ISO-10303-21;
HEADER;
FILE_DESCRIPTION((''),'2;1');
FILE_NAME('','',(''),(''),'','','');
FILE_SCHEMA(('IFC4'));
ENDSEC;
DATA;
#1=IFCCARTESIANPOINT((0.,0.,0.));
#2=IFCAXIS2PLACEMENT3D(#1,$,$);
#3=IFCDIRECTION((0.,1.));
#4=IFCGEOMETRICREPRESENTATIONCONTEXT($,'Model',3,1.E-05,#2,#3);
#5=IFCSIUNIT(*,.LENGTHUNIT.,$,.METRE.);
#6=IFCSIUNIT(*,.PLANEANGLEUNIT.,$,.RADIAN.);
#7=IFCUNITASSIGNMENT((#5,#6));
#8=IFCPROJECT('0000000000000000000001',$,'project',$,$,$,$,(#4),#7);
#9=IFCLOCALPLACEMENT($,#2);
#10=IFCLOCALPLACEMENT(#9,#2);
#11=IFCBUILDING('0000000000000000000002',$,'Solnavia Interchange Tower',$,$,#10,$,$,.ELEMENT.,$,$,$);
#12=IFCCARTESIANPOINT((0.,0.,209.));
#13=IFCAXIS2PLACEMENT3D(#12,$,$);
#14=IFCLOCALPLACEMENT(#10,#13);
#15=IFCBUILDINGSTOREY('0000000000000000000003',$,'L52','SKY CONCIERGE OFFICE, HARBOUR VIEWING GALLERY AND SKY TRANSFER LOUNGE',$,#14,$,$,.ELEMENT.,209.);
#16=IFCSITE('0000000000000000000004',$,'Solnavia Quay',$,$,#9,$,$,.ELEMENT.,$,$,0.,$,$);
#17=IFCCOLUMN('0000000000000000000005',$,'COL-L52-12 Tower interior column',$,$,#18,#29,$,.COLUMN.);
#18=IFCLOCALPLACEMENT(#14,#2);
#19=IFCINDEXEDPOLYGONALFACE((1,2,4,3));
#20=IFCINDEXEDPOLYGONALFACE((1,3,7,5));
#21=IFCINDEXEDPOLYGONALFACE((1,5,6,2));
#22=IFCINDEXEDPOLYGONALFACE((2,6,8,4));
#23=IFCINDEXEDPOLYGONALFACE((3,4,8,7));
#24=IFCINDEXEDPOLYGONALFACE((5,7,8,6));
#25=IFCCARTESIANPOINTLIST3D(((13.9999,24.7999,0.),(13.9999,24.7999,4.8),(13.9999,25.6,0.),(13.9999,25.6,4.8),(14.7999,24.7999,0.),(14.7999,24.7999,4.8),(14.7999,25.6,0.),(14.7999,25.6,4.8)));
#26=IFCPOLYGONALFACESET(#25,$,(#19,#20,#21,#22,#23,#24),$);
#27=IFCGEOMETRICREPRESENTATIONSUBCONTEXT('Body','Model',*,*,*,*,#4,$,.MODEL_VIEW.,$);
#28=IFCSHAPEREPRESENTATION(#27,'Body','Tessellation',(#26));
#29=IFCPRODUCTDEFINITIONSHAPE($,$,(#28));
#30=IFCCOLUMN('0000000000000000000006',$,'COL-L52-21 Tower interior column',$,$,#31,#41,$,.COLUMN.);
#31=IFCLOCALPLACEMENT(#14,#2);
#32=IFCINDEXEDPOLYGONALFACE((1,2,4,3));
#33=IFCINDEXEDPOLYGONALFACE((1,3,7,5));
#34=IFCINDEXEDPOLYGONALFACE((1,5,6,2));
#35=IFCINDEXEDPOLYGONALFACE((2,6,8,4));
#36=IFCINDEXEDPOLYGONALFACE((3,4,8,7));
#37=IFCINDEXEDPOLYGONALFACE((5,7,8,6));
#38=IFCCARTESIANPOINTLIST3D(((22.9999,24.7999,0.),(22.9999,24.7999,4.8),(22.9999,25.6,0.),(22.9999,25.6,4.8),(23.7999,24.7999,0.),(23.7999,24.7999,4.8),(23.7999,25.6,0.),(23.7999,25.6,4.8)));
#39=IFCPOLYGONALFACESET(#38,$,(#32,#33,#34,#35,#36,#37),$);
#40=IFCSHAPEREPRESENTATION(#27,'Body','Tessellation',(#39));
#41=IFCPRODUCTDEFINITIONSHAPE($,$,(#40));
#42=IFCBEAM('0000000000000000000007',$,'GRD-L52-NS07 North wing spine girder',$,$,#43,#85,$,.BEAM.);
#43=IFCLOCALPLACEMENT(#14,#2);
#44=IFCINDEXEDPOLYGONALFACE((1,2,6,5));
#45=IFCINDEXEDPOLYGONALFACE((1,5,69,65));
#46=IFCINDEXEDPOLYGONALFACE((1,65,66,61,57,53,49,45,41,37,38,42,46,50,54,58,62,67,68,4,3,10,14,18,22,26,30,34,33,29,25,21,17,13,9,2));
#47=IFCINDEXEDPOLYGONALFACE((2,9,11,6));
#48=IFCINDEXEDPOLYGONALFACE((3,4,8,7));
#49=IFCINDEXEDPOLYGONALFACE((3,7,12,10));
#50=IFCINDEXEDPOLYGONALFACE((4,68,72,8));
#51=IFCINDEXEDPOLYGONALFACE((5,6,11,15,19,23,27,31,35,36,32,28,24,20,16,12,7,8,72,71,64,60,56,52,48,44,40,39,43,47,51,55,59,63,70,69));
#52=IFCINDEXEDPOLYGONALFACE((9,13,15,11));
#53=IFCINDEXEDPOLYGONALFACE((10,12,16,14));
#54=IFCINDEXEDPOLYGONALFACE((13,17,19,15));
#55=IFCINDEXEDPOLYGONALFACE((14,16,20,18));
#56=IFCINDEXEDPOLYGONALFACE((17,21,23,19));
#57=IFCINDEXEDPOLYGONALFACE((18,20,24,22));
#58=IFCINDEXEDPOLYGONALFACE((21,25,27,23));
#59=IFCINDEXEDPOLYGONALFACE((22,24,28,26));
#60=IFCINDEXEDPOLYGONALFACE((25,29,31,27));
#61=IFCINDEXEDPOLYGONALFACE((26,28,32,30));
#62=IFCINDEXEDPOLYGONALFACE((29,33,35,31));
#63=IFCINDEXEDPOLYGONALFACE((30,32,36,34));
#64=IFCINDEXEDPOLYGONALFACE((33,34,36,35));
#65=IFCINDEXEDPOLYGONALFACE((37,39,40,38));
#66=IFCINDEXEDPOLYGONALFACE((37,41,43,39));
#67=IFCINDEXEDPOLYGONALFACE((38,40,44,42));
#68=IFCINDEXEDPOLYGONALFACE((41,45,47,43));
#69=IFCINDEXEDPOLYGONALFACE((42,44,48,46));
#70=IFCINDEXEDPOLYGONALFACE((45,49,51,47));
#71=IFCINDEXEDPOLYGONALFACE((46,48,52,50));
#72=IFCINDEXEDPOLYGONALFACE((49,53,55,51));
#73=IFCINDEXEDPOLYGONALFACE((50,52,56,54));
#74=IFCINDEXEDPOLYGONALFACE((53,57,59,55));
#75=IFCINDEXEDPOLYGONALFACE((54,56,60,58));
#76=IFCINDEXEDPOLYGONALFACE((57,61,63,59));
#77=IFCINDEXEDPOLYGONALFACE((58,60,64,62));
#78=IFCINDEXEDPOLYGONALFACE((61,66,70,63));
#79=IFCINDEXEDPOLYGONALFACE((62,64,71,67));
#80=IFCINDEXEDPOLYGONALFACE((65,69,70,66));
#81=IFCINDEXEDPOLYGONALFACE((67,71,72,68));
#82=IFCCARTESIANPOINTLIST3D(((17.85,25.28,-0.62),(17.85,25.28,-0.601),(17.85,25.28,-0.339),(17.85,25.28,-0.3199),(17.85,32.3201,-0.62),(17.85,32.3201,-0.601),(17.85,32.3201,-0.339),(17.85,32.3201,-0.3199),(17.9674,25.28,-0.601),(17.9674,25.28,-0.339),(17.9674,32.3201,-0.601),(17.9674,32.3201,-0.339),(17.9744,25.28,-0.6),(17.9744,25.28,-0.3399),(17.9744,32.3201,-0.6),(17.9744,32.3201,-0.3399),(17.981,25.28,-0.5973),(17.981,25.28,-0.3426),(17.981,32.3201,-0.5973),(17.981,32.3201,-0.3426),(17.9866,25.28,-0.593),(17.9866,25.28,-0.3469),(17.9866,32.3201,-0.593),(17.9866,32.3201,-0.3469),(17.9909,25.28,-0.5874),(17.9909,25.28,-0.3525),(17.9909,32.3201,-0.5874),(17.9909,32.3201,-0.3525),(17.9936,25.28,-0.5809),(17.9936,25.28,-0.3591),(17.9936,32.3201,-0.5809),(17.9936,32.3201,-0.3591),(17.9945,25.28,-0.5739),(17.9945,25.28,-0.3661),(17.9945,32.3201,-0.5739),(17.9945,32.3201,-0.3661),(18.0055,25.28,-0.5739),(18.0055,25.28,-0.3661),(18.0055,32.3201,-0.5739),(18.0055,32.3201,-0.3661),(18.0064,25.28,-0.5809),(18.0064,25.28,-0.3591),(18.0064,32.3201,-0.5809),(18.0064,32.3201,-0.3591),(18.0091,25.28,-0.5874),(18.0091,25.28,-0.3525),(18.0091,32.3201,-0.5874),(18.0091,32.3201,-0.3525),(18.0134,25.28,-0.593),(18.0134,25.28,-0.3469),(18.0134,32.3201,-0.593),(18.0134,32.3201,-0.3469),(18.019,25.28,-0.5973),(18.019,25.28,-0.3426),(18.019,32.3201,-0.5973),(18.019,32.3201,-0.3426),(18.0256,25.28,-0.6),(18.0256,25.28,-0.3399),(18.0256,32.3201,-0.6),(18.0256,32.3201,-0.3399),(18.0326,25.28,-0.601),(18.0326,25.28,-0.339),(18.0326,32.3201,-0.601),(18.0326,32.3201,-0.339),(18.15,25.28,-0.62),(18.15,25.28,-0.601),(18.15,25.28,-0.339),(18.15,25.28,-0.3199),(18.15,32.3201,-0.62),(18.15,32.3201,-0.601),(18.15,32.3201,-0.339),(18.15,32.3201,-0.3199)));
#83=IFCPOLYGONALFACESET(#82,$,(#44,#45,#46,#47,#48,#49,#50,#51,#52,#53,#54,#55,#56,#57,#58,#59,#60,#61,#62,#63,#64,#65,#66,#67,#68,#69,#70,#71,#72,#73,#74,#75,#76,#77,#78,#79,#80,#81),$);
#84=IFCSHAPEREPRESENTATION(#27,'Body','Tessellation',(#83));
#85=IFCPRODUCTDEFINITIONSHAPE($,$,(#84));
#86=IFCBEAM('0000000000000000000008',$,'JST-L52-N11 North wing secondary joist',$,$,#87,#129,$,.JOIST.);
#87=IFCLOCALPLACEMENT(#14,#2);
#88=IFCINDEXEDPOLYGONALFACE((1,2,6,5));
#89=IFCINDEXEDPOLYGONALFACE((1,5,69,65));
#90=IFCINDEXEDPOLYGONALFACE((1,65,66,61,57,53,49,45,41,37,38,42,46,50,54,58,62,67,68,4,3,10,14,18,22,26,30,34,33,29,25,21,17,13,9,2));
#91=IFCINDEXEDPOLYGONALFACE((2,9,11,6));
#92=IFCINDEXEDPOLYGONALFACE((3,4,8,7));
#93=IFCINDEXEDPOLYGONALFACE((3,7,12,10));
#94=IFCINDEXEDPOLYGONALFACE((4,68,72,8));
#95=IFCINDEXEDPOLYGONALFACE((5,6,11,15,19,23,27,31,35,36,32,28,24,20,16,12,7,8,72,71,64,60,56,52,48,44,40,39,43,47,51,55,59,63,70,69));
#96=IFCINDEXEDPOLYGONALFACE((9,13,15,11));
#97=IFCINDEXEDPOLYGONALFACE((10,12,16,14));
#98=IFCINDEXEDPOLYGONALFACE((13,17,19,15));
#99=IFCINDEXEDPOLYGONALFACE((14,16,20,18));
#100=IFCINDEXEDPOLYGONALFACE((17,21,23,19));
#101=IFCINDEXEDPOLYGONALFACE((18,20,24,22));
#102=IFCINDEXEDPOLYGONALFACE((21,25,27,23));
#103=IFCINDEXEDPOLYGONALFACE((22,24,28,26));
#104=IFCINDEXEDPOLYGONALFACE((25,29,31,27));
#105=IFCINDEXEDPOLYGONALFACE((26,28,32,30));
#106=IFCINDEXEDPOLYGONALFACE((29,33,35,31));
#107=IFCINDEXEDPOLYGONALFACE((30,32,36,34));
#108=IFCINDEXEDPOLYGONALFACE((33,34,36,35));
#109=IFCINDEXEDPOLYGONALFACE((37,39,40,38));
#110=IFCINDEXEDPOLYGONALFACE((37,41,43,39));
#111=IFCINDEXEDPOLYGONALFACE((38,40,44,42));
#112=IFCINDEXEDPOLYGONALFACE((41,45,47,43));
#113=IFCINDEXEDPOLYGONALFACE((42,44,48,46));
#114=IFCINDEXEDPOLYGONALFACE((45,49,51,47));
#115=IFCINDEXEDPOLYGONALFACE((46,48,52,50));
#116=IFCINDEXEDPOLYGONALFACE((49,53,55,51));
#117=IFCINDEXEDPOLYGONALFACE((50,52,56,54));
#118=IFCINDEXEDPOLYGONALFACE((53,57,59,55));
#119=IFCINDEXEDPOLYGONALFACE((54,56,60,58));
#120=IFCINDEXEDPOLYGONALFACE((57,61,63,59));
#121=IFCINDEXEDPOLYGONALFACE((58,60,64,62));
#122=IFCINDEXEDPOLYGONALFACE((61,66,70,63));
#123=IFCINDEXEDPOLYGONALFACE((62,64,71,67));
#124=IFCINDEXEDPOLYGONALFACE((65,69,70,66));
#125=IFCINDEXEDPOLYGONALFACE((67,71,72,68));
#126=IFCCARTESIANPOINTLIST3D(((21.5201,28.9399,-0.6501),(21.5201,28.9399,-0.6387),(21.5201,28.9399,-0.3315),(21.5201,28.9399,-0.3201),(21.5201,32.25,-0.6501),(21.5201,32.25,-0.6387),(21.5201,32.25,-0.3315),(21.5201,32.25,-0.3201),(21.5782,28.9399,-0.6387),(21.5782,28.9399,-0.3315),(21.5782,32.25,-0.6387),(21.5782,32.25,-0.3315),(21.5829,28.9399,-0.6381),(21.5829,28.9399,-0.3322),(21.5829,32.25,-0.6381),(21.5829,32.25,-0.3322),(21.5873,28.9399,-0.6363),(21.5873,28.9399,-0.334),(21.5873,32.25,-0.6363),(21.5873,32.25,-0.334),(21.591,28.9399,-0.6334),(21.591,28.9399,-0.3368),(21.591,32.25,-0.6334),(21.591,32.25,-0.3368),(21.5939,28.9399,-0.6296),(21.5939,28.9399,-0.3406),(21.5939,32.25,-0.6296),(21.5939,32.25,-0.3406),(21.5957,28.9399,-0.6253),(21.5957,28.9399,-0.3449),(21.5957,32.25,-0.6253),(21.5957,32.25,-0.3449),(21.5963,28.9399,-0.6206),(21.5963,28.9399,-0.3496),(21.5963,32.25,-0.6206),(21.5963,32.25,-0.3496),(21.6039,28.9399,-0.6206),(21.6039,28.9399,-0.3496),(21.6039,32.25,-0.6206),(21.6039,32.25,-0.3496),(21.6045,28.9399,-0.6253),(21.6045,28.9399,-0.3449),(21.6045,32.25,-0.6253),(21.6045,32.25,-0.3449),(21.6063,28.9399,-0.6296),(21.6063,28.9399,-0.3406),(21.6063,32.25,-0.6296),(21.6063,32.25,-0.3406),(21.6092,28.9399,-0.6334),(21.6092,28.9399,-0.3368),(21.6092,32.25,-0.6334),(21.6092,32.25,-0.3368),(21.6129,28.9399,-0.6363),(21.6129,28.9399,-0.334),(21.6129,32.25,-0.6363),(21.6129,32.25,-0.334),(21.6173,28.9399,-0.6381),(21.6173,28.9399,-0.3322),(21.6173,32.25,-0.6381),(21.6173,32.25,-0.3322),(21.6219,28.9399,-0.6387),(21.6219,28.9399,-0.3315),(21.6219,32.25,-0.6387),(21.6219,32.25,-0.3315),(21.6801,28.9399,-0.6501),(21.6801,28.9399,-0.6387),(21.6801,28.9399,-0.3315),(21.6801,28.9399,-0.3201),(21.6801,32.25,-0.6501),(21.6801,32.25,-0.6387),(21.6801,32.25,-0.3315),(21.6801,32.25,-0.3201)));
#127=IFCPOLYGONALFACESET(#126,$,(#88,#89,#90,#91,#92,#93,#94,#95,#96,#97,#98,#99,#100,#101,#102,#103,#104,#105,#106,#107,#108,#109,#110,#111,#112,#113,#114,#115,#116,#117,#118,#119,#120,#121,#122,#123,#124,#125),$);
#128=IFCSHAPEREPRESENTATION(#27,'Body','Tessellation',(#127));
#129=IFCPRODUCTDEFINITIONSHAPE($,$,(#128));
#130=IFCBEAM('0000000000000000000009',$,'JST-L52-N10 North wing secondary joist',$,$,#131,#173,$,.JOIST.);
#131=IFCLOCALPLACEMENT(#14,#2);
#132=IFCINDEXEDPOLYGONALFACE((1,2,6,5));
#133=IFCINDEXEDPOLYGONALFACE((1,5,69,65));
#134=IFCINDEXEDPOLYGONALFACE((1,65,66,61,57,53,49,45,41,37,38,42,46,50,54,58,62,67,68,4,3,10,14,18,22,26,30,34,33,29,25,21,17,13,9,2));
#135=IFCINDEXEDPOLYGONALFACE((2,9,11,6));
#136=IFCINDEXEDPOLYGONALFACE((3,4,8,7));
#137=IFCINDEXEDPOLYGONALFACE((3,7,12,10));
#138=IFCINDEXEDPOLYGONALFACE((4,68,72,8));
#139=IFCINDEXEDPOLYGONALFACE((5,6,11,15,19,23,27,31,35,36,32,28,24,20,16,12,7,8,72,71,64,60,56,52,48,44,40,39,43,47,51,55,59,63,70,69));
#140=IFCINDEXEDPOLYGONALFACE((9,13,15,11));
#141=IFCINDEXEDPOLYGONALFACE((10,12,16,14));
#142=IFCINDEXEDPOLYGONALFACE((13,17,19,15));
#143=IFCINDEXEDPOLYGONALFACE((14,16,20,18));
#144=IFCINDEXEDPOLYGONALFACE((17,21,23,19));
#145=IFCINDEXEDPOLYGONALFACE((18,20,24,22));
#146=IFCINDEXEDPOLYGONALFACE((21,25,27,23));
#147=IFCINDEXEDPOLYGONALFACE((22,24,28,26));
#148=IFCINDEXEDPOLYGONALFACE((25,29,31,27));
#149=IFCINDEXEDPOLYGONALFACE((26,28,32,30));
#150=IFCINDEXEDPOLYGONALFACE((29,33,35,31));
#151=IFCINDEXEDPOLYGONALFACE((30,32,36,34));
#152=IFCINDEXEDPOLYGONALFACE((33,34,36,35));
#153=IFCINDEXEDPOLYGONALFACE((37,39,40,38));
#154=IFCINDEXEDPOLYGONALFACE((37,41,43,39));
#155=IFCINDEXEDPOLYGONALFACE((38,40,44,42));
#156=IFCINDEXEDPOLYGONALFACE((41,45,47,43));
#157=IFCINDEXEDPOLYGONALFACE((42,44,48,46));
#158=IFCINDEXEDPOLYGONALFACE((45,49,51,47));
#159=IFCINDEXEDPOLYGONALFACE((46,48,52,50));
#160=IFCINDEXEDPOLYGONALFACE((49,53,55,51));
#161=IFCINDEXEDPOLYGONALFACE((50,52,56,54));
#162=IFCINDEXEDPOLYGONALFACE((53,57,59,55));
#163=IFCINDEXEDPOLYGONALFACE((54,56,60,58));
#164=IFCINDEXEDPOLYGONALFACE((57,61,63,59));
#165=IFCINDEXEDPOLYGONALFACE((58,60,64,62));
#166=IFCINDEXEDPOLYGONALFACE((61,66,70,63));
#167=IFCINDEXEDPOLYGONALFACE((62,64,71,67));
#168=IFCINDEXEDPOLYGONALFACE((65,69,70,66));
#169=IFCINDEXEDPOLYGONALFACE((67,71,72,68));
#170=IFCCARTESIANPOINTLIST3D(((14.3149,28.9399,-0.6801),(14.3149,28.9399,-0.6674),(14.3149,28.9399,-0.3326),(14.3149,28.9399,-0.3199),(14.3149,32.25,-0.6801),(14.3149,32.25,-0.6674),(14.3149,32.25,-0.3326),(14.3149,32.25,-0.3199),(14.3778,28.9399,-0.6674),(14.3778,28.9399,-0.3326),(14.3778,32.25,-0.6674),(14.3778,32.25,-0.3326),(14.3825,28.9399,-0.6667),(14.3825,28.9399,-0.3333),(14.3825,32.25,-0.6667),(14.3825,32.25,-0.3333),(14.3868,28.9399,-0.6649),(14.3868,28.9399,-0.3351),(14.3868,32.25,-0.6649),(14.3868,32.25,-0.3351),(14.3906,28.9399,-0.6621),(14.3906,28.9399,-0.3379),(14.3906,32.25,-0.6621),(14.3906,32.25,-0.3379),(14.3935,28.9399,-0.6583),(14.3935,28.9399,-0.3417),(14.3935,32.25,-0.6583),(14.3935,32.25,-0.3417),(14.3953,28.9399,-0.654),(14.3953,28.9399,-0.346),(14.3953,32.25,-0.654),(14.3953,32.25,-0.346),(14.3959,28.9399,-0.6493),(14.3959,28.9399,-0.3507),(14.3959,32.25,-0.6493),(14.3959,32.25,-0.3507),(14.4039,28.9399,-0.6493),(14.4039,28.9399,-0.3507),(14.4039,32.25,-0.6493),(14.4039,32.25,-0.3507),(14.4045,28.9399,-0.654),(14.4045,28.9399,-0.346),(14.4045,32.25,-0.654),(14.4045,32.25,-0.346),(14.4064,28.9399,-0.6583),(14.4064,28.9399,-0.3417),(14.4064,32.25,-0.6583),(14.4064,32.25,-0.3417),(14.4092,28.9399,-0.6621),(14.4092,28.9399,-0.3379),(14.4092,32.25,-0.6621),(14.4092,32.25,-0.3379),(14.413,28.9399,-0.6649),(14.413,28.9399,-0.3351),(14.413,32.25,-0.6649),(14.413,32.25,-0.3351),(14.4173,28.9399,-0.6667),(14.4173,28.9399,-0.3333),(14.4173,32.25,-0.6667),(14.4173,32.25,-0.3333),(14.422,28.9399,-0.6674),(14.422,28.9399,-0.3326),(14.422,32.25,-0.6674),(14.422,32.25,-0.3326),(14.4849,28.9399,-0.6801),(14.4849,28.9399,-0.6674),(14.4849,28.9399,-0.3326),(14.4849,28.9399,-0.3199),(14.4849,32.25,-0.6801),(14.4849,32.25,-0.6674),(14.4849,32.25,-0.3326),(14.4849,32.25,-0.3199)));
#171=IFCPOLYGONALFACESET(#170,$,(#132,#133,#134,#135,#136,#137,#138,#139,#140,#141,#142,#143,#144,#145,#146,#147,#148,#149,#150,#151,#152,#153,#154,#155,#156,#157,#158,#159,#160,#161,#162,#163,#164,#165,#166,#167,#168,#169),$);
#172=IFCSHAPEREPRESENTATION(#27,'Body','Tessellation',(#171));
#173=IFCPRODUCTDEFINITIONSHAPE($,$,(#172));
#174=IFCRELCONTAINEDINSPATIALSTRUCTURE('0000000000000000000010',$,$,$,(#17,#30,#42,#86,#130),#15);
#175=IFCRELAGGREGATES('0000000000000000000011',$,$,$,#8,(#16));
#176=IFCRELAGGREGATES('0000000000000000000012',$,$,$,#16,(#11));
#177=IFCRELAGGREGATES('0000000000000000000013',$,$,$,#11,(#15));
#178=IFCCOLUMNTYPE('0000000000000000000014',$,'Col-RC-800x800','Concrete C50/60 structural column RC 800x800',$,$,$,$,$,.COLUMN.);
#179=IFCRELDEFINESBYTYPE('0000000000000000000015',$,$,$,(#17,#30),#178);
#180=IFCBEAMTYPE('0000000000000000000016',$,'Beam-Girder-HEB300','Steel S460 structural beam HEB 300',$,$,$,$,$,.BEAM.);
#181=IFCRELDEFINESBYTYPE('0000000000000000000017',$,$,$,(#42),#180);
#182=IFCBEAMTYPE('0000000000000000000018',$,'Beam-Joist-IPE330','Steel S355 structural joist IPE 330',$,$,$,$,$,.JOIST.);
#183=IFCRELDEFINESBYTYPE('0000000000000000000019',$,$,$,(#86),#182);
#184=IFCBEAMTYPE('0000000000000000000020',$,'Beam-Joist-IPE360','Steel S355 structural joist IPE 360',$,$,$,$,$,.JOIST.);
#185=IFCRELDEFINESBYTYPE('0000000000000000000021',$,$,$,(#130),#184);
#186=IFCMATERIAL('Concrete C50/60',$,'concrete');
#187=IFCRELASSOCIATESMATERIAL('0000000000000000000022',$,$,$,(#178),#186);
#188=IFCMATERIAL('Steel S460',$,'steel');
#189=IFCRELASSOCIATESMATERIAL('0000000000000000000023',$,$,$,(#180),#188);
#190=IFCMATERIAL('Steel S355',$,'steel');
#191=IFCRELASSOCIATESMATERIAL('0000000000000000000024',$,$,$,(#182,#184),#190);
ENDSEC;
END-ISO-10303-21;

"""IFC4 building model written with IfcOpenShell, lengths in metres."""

from ifc_helpers import new_model, si_unit, direction, frame, origin, origin_2d, place, context, subcontext, project, spatial, rectangle, i_section, extrude, material, material_profile, profile_set, type_object, element, save


model = new_model("IFC4")

# Units and contexts
model_context = context("Model", 3, precision=1e-05, world=origin(), true_north=direction((0.0, 1.0)))
body_context = subcontext(model_context, "Body", "Model", "MODEL_VIEW")
ifc_project = project(units=[si_unit("LENGTHUNIT", "METRE"), si_unit("PLANEANGLEUNIT", "RADIAN")], contexts=[model_context])

# Site, building, storey
site_placement = place(None, origin())
site = spatial("IfcSite", under=ifc_project, at=site_placement, Name="Solnavia Quay", CompositionType="ELEMENT", RefElevation=0.0)
building_placement = place(site_placement, origin())
building = spatial("IfcBuilding", under=site, at=building_placement, Name="Solnavia Interchange Tower", CompositionType="ELEMENT")
storey_placement = place(building_placement, frame((0.0, 0.0, 209.0)))
storey = spatial("IfcBuildingStorey", under=building, at=storey_placement, Name="L52", Description="SKY CONCIERGE OFFICE, HARBOUR VIEWING GALLERY AND SKY TRANSFER LOUNGE", CompositionType="ELEMENT", Elevation=209.0)

# Columns
ifc_material_1 = material(Name="Concrete C50/60", Category="concrete")
ifc_material_profile_1 = material_profile(ifc_material_1, rectangle(XDim=0.8, YDim=0.8, at=origin_2d()), Name="RC 800x800")
ifc_profile_set_1 = profile_set([ifc_material_profile_1], Name="Concrete C50/60")
column_type = type_object("IfcColumnType", Name="Col-RC-800x800", Description="Concrete C50/60 structural column RC 800x800", PredefinedType="COLUMN", material=ifc_profile_set_1)
for number, where, z_axis, x_axis, name in (
    (1, (14.3999, 25.2, 0.0), (0.0, 0.0, 1.0), (1.0, 0.0, 0.0), "COL-L52-12 Tower interior column"),
    (2, (23.3999, 25.2, 0.0), (0.0, 0.0, 1.0), (1.0, 0.0, 0.0), "COL-L52-21 Tower interior column"),
):
    element("IfcColumn", number, at=place(storey_placement, frame(where, z_axis=z_axis, x_axis=x_axis)), inside=storey, type_object=column_type, Name=name, PredefinedType="COLUMN", context=body_context, shape_type="SweptSolid", body=[
        extrude(rectangle(XDim=0.8, YDim=0.8, at=origin_2d()), origin(), (0.0, 0.0, 1.0), 4.8),
    ])

# Beams
ifc_material_2 = material(Name="Steel S460", Category="steel")
ifc_material_profile_2 = material_profile(ifc_material_2, i_section(OverallWidth=0.3, OverallDepth=0.3, WebThickness=0.011, FlangeThickness=0.019, FilletRadius=0.0271, at=origin_2d()), Name="HEB 300")
ifc_profile_set_2 = profile_set([ifc_material_profile_2], Name="Steel S460")
beam_type_1 = type_object("IfcBeamType", Name="Beam-Girder-HEB300", Description="Steel S460 structural beam HEB 300", PredefinedType="BEAM", material=ifc_profile_set_2)
beam_1_placement = place(storey_placement, frame((18.0, 25.28, -0.47), z_axis=(0.0, 1.0, 0.0), x_axis=(-1.0, 0.0, 0.0)))
element("IfcBeam", 3, at=beam_1_placement, inside=storey, type_object=beam_type_1, Name="GRD-L52-NS07 North wing spine girder", PredefinedType="BEAM", context=body_context, shape_type="SweptSolid", body=[
    extrude(i_section(OverallWidth=0.3, OverallDepth=0.3, WebThickness=0.011, FlangeThickness=0.019, FilletRadius=0.0271, at=origin_2d()), origin(), (0.0, 0.0, 1.0), 7.04),
])
ifc_material_3 = material(Name="Steel S355", Category="steel")
ifc_material_profile_3 = material_profile(ifc_material_3, i_section(OverallWidth=0.1599, OverallDepth=0.3301, WebThickness=0.0076, FlangeThickness=0.0115, FilletRadius=0.0181, at=origin_2d()), Name="IPE 330")
ifc_profile_set_3 = profile_set([ifc_material_profile_3], Name="Steel S355")
beam_type_2 = type_object("IfcBeamType", Name="Beam-Joist-IPE330", Description="Steel S355 structural joist IPE 330", PredefinedType="JOIST", material=ifc_profile_set_3)
beam_2_placement = place(storey_placement, frame((21.6001, 28.9399, -0.4851), z_axis=(0.0, 1.0, 0.0), x_axis=(-1.0, 0.0, 0.0)))
element("IfcBeam", 4, at=beam_2_placement, inside=storey, type_object=beam_type_2, Name="JST-L52-N11 North wing secondary joist", PredefinedType="JOIST", context=body_context, shape_type="SweptSolid", body=[
    extrude(i_section(OverallWidth=0.1599, OverallDepth=0.3301, WebThickness=0.0076, FlangeThickness=0.0115, FilletRadius=0.0181, at=origin_2d()), origin(), (0.0, 0.0, 1.0), 3.3101),
])
ifc_material_profile_4 = material_profile(ifc_material_3, i_section(OverallWidth=0.1699, OverallDepth=0.3601, WebThickness=0.0081, FlangeThickness=0.0127, FilletRadius=0.0181, at=origin_2d()), Name="IPE 360")
ifc_profile_set_4 = profile_set([ifc_material_profile_4], Name="Steel S355")
beam_type_3 = type_object("IfcBeamType", Name="Beam-Joist-IPE360", Description="Steel S355 structural joist IPE 360", PredefinedType="JOIST", material=ifc_profile_set_4)
beam_3_placement = place(storey_placement, frame((14.3999, 28.9399, -0.5), z_axis=(0.0, 1.0, 0.0), x_axis=(-1.0, 0.0, 0.0)))
element("IfcBeam", 5, at=beam_3_placement, inside=storey, type_object=beam_type_3, Name="JST-L52-N10 North wing secondary joist", PredefinedType="JOIST", context=body_context, shape_type="SweptSolid", body=[
    extrude(i_section(OverallWidth=0.1699, OverallDepth=0.3601, WebThickness=0.0081, FlangeThickness=0.0127, FilletRadius=0.0181, at=origin_2d()), origin(), (0.0, 0.0, 1.0), 3.3101),
])

save(model, "model.ifc")
